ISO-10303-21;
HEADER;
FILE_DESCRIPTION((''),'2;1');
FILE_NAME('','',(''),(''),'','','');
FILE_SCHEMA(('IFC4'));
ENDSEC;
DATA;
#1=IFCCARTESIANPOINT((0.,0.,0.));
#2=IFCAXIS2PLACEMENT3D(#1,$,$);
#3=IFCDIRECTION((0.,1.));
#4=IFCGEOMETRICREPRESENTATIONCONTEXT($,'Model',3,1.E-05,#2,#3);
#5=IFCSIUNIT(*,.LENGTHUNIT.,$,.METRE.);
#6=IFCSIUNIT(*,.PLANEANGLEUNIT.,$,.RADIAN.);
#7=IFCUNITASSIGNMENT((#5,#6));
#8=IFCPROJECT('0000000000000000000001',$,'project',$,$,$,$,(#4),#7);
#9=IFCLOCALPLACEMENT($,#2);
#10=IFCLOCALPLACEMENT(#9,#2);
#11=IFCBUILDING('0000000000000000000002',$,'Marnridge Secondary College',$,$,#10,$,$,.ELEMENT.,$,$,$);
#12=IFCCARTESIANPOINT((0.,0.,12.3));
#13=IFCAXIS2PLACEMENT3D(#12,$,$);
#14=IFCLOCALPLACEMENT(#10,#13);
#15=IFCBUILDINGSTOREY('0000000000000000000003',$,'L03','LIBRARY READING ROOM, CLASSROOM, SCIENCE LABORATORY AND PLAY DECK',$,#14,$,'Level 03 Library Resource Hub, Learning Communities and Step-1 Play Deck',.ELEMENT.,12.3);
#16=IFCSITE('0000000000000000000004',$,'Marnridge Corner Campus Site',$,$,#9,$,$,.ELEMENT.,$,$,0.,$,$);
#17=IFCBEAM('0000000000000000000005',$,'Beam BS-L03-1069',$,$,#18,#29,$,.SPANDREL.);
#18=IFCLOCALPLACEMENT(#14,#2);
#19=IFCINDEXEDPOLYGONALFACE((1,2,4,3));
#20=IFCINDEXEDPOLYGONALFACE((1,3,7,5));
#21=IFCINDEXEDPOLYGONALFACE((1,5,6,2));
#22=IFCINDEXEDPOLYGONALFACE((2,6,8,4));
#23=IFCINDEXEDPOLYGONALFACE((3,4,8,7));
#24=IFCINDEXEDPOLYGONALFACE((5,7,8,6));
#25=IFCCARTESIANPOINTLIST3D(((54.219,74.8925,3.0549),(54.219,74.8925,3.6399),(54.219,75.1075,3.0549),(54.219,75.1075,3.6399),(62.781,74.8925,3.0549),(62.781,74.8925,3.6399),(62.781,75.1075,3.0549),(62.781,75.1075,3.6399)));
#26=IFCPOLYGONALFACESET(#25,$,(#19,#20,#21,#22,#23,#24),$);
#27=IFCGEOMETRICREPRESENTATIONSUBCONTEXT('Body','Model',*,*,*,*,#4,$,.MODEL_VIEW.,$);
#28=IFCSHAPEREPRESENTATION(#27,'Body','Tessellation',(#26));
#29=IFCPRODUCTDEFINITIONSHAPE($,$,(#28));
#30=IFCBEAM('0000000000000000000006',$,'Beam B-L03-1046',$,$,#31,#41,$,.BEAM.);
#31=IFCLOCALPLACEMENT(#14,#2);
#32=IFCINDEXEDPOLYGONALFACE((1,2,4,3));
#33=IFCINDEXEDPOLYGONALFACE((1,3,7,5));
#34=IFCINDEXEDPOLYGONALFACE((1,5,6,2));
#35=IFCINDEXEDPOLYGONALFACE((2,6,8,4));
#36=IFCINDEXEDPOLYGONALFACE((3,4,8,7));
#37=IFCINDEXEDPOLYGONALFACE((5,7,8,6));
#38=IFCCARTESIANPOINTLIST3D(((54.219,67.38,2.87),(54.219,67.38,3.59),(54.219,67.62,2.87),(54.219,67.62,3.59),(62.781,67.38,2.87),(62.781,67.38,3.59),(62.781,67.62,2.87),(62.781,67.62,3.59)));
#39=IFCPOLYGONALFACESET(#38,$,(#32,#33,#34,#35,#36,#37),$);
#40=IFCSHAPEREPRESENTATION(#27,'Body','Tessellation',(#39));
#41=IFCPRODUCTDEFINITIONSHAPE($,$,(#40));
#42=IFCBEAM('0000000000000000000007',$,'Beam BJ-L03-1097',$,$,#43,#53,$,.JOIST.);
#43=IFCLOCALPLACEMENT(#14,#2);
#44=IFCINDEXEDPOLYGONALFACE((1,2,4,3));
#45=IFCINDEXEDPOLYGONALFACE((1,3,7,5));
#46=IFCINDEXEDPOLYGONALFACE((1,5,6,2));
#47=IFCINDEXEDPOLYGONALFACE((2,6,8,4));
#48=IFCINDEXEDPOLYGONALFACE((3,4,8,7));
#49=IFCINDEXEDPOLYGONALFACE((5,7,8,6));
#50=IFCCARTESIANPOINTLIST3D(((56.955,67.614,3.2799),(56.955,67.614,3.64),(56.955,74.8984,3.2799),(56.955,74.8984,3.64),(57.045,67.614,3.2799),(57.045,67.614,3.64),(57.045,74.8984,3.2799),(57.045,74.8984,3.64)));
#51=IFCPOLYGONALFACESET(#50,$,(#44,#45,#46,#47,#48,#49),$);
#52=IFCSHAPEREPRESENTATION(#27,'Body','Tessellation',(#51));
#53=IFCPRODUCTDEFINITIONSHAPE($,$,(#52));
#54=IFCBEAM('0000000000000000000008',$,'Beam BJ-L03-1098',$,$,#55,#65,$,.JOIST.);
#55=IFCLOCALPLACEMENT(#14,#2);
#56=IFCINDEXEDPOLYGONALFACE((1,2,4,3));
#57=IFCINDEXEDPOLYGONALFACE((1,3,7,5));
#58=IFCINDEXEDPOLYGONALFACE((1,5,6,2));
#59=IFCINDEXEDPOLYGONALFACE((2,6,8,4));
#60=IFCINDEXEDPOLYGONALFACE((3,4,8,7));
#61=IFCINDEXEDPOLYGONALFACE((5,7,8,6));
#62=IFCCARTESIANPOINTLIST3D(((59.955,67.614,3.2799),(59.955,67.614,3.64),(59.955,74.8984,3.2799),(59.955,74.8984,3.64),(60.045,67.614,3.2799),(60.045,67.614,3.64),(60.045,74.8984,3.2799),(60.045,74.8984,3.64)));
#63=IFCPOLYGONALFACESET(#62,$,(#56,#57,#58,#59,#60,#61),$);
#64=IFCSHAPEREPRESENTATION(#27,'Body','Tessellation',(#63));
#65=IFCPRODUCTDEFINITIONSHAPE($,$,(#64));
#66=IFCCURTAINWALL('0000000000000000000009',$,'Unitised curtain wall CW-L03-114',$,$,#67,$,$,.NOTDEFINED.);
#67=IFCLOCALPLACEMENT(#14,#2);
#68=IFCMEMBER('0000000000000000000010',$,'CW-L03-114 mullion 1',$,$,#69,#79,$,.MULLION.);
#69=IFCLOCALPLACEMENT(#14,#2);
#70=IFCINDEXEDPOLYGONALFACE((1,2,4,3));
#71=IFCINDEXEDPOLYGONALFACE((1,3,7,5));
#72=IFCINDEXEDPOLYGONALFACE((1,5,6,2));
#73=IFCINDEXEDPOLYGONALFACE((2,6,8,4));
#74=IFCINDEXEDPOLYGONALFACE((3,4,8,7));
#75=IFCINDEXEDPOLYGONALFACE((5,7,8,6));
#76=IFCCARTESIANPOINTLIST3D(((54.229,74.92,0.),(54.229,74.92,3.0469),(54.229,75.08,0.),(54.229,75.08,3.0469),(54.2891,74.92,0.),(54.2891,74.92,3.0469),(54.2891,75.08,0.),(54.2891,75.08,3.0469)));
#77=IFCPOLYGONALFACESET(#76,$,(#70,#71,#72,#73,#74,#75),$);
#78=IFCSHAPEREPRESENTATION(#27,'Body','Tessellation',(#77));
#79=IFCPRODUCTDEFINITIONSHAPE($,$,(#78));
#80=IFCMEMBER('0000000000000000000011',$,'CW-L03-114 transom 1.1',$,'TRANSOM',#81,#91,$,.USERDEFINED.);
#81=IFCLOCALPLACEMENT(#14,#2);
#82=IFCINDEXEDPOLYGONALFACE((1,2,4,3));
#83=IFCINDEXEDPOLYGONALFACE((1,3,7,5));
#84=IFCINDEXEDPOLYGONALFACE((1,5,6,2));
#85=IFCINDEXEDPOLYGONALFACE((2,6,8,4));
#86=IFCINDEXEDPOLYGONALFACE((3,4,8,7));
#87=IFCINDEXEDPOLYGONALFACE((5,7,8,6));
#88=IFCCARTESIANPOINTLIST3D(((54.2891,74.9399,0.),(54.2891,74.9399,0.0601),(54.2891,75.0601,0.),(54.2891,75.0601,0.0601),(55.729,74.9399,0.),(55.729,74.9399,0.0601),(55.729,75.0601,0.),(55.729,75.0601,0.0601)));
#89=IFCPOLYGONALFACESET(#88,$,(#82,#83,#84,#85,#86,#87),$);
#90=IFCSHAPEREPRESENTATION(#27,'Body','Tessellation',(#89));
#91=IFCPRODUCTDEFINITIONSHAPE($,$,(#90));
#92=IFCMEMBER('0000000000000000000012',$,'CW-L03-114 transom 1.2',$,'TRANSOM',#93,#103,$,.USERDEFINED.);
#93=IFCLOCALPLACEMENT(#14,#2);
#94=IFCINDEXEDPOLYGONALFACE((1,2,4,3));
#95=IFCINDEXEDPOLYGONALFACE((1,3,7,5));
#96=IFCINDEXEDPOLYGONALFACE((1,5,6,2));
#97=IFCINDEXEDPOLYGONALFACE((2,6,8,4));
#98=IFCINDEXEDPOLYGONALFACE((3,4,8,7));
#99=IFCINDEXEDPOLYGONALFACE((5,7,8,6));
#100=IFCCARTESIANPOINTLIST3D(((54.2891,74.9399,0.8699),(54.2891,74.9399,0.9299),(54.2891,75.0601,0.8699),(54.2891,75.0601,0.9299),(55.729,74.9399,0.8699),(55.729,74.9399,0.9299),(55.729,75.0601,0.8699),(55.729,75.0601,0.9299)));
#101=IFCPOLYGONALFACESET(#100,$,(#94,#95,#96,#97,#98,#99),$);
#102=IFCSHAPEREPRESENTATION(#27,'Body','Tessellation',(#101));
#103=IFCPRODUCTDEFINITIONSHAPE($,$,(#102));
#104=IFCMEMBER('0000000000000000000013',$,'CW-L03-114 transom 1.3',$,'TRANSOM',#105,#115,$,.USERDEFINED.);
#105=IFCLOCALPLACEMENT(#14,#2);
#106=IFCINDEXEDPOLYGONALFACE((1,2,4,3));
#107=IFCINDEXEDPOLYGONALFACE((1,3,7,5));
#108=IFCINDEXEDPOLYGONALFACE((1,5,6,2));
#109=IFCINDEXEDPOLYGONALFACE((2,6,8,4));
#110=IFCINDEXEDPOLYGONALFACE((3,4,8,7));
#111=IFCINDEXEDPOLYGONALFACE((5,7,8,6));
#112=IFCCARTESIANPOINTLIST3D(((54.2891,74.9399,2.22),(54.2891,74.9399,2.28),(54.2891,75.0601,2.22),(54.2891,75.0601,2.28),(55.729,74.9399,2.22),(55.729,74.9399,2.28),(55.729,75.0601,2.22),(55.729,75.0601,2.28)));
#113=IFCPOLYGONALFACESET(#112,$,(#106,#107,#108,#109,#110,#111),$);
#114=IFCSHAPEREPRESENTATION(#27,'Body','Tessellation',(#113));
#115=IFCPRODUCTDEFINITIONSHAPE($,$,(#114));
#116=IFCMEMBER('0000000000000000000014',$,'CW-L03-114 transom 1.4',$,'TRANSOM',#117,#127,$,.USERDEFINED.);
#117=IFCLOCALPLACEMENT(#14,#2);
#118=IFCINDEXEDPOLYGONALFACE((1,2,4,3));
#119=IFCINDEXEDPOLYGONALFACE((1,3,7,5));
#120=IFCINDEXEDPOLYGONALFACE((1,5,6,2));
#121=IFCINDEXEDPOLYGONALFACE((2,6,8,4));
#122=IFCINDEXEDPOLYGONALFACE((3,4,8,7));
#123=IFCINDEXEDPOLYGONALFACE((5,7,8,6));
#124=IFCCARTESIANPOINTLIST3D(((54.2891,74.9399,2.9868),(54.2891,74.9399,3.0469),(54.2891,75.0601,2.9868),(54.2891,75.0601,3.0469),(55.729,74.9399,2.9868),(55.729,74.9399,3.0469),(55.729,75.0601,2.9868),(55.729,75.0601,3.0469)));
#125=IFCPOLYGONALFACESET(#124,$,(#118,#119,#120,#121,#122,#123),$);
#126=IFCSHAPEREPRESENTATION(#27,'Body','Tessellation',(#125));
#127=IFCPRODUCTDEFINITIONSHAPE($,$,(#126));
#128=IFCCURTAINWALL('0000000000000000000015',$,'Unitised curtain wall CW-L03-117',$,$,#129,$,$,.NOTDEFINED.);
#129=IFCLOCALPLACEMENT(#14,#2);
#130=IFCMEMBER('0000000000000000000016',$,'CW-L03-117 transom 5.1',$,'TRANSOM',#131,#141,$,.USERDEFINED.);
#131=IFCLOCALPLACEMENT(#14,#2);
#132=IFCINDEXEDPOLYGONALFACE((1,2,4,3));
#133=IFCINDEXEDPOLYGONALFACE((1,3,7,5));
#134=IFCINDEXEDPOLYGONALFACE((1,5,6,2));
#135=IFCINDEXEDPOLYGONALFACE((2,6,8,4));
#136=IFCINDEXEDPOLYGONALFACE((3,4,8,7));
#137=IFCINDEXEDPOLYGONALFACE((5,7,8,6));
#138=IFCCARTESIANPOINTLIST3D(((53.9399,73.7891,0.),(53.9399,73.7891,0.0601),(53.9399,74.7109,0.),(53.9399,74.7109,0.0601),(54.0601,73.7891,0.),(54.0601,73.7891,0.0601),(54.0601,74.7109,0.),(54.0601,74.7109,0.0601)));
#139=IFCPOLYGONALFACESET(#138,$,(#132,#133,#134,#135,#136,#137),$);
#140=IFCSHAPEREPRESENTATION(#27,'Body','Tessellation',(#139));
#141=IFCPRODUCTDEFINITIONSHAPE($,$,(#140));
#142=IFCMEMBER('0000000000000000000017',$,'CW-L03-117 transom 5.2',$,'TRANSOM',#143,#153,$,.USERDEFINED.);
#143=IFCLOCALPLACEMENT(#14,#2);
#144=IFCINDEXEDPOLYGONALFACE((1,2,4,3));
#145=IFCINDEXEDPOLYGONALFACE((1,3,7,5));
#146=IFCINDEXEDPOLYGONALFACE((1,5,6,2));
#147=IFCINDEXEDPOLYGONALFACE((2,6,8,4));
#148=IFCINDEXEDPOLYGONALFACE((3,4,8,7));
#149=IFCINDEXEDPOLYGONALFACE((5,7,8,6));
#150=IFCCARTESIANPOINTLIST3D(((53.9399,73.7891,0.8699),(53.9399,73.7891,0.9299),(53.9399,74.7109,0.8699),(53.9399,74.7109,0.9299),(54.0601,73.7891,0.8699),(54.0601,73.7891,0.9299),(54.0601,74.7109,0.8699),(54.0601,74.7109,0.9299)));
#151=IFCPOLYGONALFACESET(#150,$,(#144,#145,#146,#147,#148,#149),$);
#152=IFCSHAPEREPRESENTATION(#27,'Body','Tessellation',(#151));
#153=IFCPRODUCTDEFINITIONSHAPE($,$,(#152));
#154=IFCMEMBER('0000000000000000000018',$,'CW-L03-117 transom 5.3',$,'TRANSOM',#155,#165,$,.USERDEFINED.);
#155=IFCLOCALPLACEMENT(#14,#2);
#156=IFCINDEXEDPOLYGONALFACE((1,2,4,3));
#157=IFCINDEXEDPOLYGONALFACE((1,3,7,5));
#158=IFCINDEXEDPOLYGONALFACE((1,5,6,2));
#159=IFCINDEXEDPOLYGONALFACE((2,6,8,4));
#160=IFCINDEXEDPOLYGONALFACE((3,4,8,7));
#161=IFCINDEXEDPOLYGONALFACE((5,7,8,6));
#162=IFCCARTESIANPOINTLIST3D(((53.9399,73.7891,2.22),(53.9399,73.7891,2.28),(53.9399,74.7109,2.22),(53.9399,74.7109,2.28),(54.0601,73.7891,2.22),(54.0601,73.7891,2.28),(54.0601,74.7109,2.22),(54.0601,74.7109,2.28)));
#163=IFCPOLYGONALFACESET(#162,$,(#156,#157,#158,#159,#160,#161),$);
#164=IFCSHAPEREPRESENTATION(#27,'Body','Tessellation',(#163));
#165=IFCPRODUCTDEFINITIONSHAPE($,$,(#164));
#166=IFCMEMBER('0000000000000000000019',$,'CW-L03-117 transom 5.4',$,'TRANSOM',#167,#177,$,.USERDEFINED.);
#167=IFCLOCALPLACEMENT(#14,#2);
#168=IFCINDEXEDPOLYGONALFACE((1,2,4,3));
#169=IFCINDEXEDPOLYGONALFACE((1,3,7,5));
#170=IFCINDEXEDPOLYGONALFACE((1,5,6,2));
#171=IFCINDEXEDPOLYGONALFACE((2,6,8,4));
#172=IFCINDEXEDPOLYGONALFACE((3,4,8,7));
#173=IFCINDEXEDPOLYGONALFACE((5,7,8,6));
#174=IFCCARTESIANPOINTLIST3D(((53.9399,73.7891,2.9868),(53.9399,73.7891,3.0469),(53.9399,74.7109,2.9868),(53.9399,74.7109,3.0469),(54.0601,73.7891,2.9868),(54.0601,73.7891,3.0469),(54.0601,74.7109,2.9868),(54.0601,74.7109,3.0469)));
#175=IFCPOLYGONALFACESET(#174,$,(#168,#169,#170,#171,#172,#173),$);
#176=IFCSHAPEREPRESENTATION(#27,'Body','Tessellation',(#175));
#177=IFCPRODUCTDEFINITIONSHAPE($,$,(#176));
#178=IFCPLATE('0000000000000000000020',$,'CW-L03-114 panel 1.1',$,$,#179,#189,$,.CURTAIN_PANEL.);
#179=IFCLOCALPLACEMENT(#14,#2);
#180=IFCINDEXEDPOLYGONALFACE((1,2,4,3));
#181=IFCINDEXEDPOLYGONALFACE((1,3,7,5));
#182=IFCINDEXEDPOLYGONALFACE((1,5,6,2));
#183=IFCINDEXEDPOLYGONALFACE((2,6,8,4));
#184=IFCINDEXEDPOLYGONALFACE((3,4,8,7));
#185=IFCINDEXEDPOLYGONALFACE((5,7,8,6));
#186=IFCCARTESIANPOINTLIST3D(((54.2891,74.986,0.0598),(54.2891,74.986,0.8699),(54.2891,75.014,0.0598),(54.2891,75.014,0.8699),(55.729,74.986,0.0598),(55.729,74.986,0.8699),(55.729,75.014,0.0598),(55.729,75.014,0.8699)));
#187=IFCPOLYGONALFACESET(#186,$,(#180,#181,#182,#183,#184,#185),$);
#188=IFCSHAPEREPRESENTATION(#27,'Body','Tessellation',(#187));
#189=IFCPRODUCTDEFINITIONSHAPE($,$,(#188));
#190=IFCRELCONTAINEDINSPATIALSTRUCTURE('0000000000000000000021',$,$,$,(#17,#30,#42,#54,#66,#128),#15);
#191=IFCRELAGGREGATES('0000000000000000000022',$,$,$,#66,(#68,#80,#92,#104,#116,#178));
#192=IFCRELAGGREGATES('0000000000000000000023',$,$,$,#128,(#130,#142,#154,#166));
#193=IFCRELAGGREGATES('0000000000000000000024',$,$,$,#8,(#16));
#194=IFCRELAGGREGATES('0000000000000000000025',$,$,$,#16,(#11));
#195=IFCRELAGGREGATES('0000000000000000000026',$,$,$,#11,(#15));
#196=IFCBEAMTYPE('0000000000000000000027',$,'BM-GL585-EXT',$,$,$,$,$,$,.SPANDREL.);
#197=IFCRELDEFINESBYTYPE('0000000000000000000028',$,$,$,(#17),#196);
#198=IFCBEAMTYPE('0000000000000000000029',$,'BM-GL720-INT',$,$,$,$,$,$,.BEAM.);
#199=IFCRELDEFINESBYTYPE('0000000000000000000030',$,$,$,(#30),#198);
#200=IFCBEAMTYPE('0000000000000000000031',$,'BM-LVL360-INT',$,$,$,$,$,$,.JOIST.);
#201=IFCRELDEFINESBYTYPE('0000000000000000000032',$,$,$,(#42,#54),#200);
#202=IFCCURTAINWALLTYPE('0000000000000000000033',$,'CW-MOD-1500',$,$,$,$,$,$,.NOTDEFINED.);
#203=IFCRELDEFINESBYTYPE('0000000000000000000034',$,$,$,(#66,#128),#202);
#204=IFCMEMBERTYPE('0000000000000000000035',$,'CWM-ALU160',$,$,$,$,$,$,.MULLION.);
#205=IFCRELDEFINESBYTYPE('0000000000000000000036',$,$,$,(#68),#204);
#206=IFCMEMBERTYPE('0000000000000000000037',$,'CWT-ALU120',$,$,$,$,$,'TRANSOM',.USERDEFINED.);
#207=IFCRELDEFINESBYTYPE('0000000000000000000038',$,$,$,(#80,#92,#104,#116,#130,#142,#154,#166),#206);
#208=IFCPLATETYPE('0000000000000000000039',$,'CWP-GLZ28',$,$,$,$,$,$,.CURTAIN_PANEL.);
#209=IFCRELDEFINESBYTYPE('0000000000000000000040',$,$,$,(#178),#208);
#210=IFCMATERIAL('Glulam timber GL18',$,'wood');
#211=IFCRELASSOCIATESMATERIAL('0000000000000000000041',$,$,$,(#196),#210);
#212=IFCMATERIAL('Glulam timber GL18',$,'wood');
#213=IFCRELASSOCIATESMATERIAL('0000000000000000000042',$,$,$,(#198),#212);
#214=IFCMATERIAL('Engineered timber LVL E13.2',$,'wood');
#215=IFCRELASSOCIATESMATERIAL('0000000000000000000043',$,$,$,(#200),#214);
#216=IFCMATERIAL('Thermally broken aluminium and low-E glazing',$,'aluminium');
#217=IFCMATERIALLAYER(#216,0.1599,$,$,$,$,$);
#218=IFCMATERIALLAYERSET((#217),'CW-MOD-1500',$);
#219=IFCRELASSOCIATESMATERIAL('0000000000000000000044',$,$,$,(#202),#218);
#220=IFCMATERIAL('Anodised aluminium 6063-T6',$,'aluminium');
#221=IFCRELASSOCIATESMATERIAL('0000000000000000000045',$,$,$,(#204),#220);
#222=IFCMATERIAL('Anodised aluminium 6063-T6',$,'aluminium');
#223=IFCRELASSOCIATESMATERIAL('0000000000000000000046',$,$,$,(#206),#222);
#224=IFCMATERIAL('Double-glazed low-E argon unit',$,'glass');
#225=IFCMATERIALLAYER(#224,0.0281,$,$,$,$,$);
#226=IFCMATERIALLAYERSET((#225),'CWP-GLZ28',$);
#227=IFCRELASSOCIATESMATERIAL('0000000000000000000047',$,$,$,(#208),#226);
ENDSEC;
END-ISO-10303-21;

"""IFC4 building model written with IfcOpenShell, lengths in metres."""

from ifc_helpers import new_model, si_unit, direction, frame, origin, origin_2d, place, context, subcontext, project, spatial, rectangle, extrude, material, layer, layer_set, material_profile, profile_set, type_object, element, aggregate, save


model = new_model("IFC4")

# Units and contexts
model_context = context("Model", 3, precision=1e-05, world=origin(), true_north=direction((0.0, 1.0)))
body_context = subcontext(model_context, "Body", "Model", "MODEL_VIEW")
ifc_project = project(units=[si_unit("LENGTHUNIT", "METRE"), si_unit("PLANEANGLEUNIT", "RADIAN")], contexts=[model_context])

# Site, building, storey
site_placement = place(None, origin())
site = spatial("IfcSite", under=ifc_project, at=site_placement, Name="Marnridge Corner Campus Site", CompositionType="ELEMENT", RefElevation=0.0)
building_placement = place(site_placement, origin())
building = spatial("IfcBuilding", under=site, at=building_placement, Name="Marnridge Secondary College", CompositionType="ELEMENT")
storey_placement = place(building_placement, frame((0.0, 0.0, 12.3)))
storey = spatial("IfcBuildingStorey", under=building, at=storey_placement, Name="L03", Description="LIBRARY READING ROOM, CLASSROOM, SCIENCE LABORATORY AND PLAY DECK", LongName="Level 03 Library Resource Hub, Learning Communities and Step-1 Play Deck", CompositionType="ELEMENT", Elevation=12.3)

# Beams
ifc_material_1 = material(Name="Glulam timber GL18", Category="wood")
ifc_material_profile_1 = material_profile(ifc_material_1, rectangle(XDim=0.2151, YDim=0.585, at=origin_2d()), Name="GL18 215x585")
ifc_profile_set_1 = profile_set([ifc_material_profile_1], Name="Glulam timber GL18")
beam_type_1 = type_object("IfcBeamType", Name="BM-GL585-EXT", PredefinedType="SPANDREL", material=ifc_profile_set_1)
beam_1_placement = place(storey_placement, frame((54.219, 75.0, 3.3474), z_axis=(1.0, 0.0, 0.0), x_axis=(0.0, 1.0, 0.0)))
element("IfcBeam", 1, at=beam_1_placement, inside=storey, type_object=beam_type_1, Name="Beam BS-L03-1069", PredefinedType="SPANDREL", context=body_context, shape_type="SweptSolid", body=[
    extrude(rectangle(XDim=0.2151, YDim=0.585, at=origin_2d()), origin(), (0.0, 0.0, 1.0), 8.562),
])
ifc_material_2 = material(Name="Glulam timber GL18", Category="wood")
ifc_material_profile_2 = material_profile(ifc_material_2, rectangle(XDim=0.24, YDim=0.72, at=origin_2d()), Name="GL18 240x720")
ifc_profile_set_2 = profile_set([ifc_material_profile_2], Name="Glulam timber GL18")
beam_type_2 = type_object("IfcBeamType", Name="BM-GL720-INT", PredefinedType="BEAM", material=ifc_profile_set_2)
beam_2_placement = place(storey_placement, frame((54.219, 67.5, 3.23), z_axis=(1.0, 0.0, 0.0), x_axis=(0.0, 1.0, 0.0)))
element("IfcBeam", 2, at=beam_2_placement, inside=storey, type_object=beam_type_2, Name="Beam B-L03-1046", PredefinedType="BEAM", context=body_context, shape_type="SweptSolid", body=[
    extrude(rectangle(XDim=0.24, YDim=0.72, at=origin_2d()), origin(), (0.0, 0.0, 1.0), 8.562),
])
ifc_material_3 = material(Name="Engineered timber LVL E13.2", Category="wood")
ifc_material_profile_3 = material_profile(ifc_material_3, rectangle(XDim=0.0901, YDim=0.3601, at=origin_2d()), Name="LVL 90x360")
ifc_profile_set_3 = profile_set([ifc_material_profile_3], Name="Engineered timber LVL E13.2")
beam_type_3 = type_object("IfcBeamType", Name="BM-LVL360-INT", PredefinedType="JOIST", material=ifc_profile_set_3)
for number, where, z_axis, x_axis, name in (
    (3, (57.0, 67.614, 3.46), (0.0, 1.0, 0.0), (-1.0, 0.0, 0.0), "Beam BJ-L03-1097"),
    (4, (60.0, 67.614, 3.46), (0.0, 1.0, 0.0), (-1.0, 0.0, 0.0), "Beam BJ-L03-1098"),
):
    element("IfcBeam", number, at=place(storey_placement, frame(where, z_axis=z_axis, x_axis=x_axis)), inside=storey, type_object=beam_type_3, Name=name, PredefinedType="JOIST", context=body_context, shape_type="SweptSolid", body=[
        extrude(rectangle(XDim=0.0901, YDim=0.3601, at=origin_2d()), origin(), (0.0, 0.0, 1.0), 7.2844),
    ])

# Curtain walls, members
ifc_material_4 = material(Name="Thermally broken aluminium and low-E glazing", Category="aluminium")
ifc_layer_1 = layer(ifc_material_4, 0.1599)
ifc_layer_set_1 = layer_set([ifc_layer_1], Name="CW-MOD-1500")
curtain_wall_type = type_object("IfcCurtainWallType", Name="CW-MOD-1500", PredefinedType="NOTDEFINED", material=ifc_layer_set_1)
curtain_wall_1_placement = place(storey_placement, origin())
curtain_wall_1 = element("IfcCurtainWall", 5, at=curtain_wall_1_placement, inside=storey, type_object=curtain_wall_type, Name="Unitised curtain wall CW-L03-114", PredefinedType="NOTDEFINED")
ifc_material_5 = material(Name="Anodised aluminium 6063-T6", Category="aluminium")
ifc_material_profile_4 = material_profile(ifc_material_5, rectangle(XDim=0.0601, YDim=0.1599, at=origin_2d()), Name="ALU 60x160")
ifc_profile_set_4 = profile_set([ifc_material_profile_4], Name="Anodised aluminium 6063-T6")
member_type_1 = type_object("IfcMemberType", Name="CWM-ALU160", PredefinedType="MULLION", material=ifc_profile_set_4)
member_1_placement = place(storey_placement, frame((54.259, 75.0, 0.0), z_axis=(0.0, 0.0, 1.0), x_axis=(1.0, 0.0, 0.0)))
member_1 = element("IfcMember", 6, at=member_1_placement, type_object=member_type_1, Name="CW-L03-114 mullion 1", PredefinedType="MULLION", context=body_context, shape_type="SweptSolid", body=[
    extrude(rectangle(XDim=0.0601, YDim=0.1599, at=origin_2d()), origin(), (0.0, 0.0, 1.0), 3.0469),
])
ifc_material_6 = material(Name="Anodised aluminium 6063-T6", Category="aluminium")
ifc_material_profile_5 = material_profile(ifc_material_6, rectangle(XDim=0.0601, YDim=0.1201, at=origin_2d()), Name="ALU 60x120")
ifc_profile_set_5 = profile_set([ifc_material_profile_5], Name="Anodised aluminium 6063-T6")
member_type_2 = type_object("IfcMemberType", Name="CWT-ALU120", ElementType="TRANSOM", PredefinedType="USERDEFINED", material=ifc_profile_set_5)
member_2_placement = place(storey_placement, frame((54.2891, 75.0, 0.03), z_axis=(1.0, 0.0, 0.0), x_axis=(0.0, 0.0, 1.0)))
member_2 = element("IfcMember", 7, at=member_2_placement, type_object=member_type_2, Name="CW-L03-114 transom 1.1", ObjectType="TRANSOM", PredefinedType="USERDEFINED", context=body_context, shape_type="SweptSolid", body=[
    extrude(rectangle(XDim=0.0601, YDim=0.1201, at=origin_2d()), origin(), (0.0, 0.0, 1.0), 1.4399),
])
member_3_placement = place(storey_placement, frame((54.2891, 75.0, 0.8999), z_axis=(1.0, 0.0, 0.0), x_axis=(0.0, 0.0, 1.0)))
member_3 = element("IfcMember", 8, at=member_3_placement, type_object=member_type_2, Name="CW-L03-114 transom 1.2", ObjectType="TRANSOM", PredefinedType="USERDEFINED", context=body_context, shape_type="SweptSolid", body=[
    extrude(rectangle(XDim=0.0601, YDim=0.1201, at=origin_2d()), origin(), (0.0, 0.0, 1.0), 1.4399),
])
member_4_placement = place(storey_placement, frame((54.2891, 75.0, 2.25), z_axis=(1.0, 0.0, 0.0), x_axis=(0.0, 0.0, 1.0)))
member_4 = element("IfcMember", 9, at=member_4_placement, type_object=member_type_2, Name="CW-L03-114 transom 1.3", ObjectType="TRANSOM", PredefinedType="USERDEFINED", context=body_context, shape_type="SweptSolid", body=[
    extrude(rectangle(XDim=0.0601, YDim=0.1201, at=origin_2d()), origin(), (0.0, 0.0, 1.0), 1.4399),
])
member_5_placement = place(storey_placement, frame((54.2891, 75.0, 3.0168), z_axis=(1.0, 0.0, 0.0), x_axis=(0.0, 0.0, 1.0)))
member_5 = element("IfcMember", 10, at=member_5_placement, type_object=member_type_2, Name="CW-L03-114 transom 1.4", ObjectType="TRANSOM", PredefinedType="USERDEFINED", context=body_context, shape_type="SweptSolid", body=[
    extrude(rectangle(XDim=0.0601, YDim=0.1201, at=origin_2d()), origin(), (0.0, 0.0, 1.0), 1.4399),
])
curtain_wall_2_placement = place(storey_placement, origin())
curtain_wall_2 = element("IfcCurtainWall", 11, at=curtain_wall_2_placement, inside=storey, type_object=curtain_wall_type, Name="Unitised curtain wall CW-L03-117", PredefinedType="NOTDEFINED")
member_6_placement = place(storey_placement, frame((54.0, 73.7891, 0.03), z_axis=(0.0, 1.0, 0.0), x_axis=(0.0, 0.0, 1.0)))
member_6 = element("IfcMember", 12, at=member_6_placement, type_object=member_type_2, Name="CW-L03-117 transom 5.1", ObjectType="TRANSOM", PredefinedType="USERDEFINED", context=body_context, shape_type="SweptSolid", body=[
    extrude(rectangle(XDim=0.0601, YDim=0.1201, at=origin_2d()), origin(), (0.0, 0.0, 1.0), 0.9219),
])
member_7_placement = place(storey_placement, frame((54.0, 73.7891, 0.8999), z_axis=(0.0, 1.0, 0.0), x_axis=(0.0, 0.0, 1.0)))
member_7 = element("IfcMember", 13, at=member_7_placement, type_object=member_type_2, Name="CW-L03-117 transom 5.2", ObjectType="TRANSOM", PredefinedType="USERDEFINED", context=body_context, shape_type="SweptSolid", body=[
    extrude(rectangle(XDim=0.0601, YDim=0.1201, at=origin_2d()), origin(), (0.0, 0.0, 1.0), 0.9219),
])
member_8_placement = place(storey_placement, frame((54.0, 73.7891, 2.25), z_axis=(0.0, 1.0, 0.0), x_axis=(0.0, 0.0, 1.0)))
member_8 = element("IfcMember", 14, at=member_8_placement, type_object=member_type_2, Name="CW-L03-117 transom 5.3", ObjectType="TRANSOM", PredefinedType="USERDEFINED", context=body_context, shape_type="SweptSolid", body=[
    extrude(rectangle(XDim=0.0601, YDim=0.1201, at=origin_2d()), origin(), (0.0, 0.0, 1.0), 0.9219),
])
member_9_placement = place(storey_placement, frame((54.0, 73.7891, 3.0168), z_axis=(0.0, 1.0, 0.0), x_axis=(0.0, 0.0, 1.0)))
member_9 = element("IfcMember", 15, at=member_9_placement, type_object=member_type_2, Name="CW-L03-117 transom 5.4", ObjectType="TRANSOM", PredefinedType="USERDEFINED", context=body_context, shape_type="SweptSolid", body=[
    extrude(rectangle(XDim=0.0601, YDim=0.1201, at=origin_2d()), origin(), (0.0, 0.0, 1.0), 0.9219),
])

# Plate
ifc_material_7 = material(Name="Double-glazed low-E argon unit", Category="glass")
ifc_layer_2 = layer(ifc_material_7, 0.0281)
ifc_layer_set_2 = layer_set([ifc_layer_2], Name="CWP-GLZ28")
plate_type = type_object("IfcPlateType", Name="CWP-GLZ28", PredefinedType="CURTAIN_PANEL", material=ifc_layer_set_2)
plate_1_placement = place(storey_placement, frame((55.009, 75.0, 0.0598), z_axis=(0.0, 0.0, 1.0), x_axis=(1.0, 0.0, 0.0)))
plate_1 = element("IfcPlate", 16, at=plate_1_placement, type_object=plate_type, Name="CW-L03-114 panel 1.1", PredefinedType="CURTAIN_PANEL", context=body_context, shape_type="SweptSolid", body=[
    extrude(rectangle(XDim=1.4399, YDim=0.0281, at=origin_2d()), origin(), (0.0, 0.0, 1.0), 0.8101),
])
aggregate(curtain_wall_1, [member_1, member_2, member_3, member_4, member_5, plate_1])
aggregate(curtain_wall_2, [member_6, member_7, member_8, member_9])

save(model, "model.ifc")
